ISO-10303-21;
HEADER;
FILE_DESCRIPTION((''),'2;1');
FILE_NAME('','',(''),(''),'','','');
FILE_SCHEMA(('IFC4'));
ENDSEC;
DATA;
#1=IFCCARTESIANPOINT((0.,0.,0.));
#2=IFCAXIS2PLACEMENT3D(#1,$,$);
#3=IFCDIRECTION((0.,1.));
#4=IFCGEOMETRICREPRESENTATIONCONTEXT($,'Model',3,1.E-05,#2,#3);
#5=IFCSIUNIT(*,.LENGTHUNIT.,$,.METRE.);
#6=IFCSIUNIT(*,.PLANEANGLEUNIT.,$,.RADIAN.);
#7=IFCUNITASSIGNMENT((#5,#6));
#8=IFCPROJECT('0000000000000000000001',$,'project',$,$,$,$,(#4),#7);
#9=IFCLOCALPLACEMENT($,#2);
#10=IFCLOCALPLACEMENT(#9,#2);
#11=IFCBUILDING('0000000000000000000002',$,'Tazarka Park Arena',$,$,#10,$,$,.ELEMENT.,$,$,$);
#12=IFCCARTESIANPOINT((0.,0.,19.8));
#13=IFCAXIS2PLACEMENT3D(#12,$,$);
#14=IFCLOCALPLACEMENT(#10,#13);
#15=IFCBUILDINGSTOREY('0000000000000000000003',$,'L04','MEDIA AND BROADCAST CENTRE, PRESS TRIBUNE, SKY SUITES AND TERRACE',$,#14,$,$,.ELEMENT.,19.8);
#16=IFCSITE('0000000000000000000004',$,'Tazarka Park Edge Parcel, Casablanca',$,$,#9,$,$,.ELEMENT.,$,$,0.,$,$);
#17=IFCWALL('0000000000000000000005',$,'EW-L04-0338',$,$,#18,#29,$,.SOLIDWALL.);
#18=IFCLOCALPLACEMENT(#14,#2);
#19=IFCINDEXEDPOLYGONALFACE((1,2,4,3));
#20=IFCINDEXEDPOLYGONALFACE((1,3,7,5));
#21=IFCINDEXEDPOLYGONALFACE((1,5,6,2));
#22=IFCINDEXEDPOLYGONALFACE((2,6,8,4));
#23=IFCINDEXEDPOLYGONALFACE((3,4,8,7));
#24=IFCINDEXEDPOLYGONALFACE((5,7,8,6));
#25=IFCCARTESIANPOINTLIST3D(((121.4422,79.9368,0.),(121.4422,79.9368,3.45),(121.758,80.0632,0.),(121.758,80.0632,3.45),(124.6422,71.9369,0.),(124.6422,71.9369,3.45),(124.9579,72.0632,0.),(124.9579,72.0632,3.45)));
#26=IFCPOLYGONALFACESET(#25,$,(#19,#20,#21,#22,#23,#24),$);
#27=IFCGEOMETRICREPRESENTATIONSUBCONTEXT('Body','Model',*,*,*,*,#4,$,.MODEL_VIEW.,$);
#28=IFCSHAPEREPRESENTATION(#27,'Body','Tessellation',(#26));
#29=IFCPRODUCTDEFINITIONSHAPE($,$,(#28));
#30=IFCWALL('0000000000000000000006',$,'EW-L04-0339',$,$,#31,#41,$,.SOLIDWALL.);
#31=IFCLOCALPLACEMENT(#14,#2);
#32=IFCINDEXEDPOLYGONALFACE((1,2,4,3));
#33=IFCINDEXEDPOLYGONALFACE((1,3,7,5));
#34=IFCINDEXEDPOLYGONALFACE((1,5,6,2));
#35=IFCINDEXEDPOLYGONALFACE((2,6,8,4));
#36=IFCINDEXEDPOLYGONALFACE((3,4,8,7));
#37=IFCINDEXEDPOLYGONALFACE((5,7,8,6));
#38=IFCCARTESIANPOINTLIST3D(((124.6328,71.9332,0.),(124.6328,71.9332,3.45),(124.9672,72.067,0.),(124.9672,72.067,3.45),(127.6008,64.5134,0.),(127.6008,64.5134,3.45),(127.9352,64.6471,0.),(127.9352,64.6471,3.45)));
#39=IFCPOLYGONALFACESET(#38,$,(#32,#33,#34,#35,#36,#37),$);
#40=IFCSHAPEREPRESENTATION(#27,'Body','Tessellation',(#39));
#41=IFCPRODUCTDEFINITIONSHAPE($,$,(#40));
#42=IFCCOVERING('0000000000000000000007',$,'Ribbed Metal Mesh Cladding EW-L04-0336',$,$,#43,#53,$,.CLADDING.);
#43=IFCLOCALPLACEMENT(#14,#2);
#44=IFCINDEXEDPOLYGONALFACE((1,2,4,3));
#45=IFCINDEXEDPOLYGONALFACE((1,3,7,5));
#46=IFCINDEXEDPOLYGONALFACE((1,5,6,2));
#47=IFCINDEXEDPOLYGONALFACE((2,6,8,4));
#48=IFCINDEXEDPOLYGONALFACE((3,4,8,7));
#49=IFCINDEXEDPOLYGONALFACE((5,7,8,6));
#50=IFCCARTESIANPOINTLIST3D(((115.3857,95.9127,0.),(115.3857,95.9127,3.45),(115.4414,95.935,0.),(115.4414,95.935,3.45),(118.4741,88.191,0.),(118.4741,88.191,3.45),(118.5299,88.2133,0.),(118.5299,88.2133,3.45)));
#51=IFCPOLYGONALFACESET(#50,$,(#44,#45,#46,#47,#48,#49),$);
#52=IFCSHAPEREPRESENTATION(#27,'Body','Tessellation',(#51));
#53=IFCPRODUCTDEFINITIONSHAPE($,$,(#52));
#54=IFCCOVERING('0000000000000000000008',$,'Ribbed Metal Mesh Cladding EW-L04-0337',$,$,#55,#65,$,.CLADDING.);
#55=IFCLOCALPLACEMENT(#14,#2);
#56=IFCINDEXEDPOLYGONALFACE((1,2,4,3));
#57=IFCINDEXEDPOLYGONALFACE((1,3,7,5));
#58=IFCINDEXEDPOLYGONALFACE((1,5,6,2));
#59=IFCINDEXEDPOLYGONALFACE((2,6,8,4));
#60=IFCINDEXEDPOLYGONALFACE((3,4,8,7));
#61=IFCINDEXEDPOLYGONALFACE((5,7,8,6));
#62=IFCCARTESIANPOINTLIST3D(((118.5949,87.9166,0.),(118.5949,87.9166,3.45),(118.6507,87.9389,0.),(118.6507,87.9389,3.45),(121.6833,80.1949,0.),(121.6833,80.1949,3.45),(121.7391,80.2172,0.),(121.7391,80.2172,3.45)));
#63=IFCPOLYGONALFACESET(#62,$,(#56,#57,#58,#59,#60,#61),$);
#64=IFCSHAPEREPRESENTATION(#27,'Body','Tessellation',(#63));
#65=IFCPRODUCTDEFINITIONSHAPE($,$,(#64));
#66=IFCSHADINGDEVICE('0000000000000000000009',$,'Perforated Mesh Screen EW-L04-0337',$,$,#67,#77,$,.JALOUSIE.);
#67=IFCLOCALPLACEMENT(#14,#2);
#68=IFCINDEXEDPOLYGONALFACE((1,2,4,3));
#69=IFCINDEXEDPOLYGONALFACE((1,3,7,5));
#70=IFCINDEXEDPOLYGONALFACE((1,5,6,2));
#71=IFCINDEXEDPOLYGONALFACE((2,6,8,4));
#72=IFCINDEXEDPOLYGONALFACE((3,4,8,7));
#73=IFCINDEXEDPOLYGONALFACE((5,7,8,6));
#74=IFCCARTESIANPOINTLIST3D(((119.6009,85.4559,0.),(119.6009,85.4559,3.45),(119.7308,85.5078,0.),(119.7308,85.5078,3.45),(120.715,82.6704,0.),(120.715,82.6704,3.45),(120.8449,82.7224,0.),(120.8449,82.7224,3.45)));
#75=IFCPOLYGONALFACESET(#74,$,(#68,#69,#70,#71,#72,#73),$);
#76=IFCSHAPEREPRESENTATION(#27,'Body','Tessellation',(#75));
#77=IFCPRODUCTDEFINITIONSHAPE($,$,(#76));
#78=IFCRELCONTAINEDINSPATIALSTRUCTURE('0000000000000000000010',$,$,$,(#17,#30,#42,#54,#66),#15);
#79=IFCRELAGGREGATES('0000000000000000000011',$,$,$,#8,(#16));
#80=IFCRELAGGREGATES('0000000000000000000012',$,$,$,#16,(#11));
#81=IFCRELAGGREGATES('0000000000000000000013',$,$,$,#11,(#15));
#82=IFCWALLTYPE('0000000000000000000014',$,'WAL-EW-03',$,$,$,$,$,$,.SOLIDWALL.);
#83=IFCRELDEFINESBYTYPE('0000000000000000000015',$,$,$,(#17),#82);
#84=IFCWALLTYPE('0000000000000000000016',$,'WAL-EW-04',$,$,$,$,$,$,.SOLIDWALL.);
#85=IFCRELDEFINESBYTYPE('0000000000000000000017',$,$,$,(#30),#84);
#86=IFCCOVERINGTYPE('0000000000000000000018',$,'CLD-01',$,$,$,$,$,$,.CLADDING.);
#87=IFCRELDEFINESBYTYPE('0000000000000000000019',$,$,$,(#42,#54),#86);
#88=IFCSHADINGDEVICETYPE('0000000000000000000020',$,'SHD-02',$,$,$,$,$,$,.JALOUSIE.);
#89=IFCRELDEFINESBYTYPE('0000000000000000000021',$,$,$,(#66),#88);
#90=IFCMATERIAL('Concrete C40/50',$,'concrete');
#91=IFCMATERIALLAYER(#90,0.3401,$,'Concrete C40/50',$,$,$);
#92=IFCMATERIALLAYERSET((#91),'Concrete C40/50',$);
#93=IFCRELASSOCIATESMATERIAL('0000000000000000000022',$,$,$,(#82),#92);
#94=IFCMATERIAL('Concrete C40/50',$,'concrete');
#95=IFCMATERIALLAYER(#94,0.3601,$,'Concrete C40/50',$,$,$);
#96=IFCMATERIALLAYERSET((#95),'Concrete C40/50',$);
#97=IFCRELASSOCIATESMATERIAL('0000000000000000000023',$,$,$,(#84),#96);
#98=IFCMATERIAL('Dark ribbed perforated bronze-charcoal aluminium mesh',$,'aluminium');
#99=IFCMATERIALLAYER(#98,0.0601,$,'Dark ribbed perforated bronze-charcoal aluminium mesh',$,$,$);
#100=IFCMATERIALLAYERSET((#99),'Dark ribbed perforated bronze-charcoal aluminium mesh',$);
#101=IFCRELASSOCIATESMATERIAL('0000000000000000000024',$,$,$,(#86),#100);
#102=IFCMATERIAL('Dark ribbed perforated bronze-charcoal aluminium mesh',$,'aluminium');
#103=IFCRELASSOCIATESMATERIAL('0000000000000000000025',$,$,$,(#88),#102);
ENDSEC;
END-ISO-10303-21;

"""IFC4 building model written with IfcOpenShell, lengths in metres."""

from ifc_helpers import new_model, si_unit, direction, frame, frame_2d, origin, origin_2d, place, context, subcontext, project, spatial, rectangle, extrude, material, layer, layer_set, type_object, element, save


model = new_model("IFC4")

# Units and contexts
model_context = context("Model", 3, precision=1e-05, world=origin(), true_north=direction((0.0, 1.0)))
body_context = subcontext(model_context, "Body", "Model", "MODEL_VIEW")
ifc_project = project(units=[si_unit("LENGTHUNIT", "METRE"), si_unit("PLANEANGLEUNIT", "RADIAN")], contexts=[model_context])

# Site, building, storey
site_placement = place(None, origin())
site = spatial("IfcSite", under=ifc_project, at=site_placement, Name="Tazarka Park Edge Parcel, Casablanca", CompositionType="ELEMENT", RefElevation=0.0)
building_placement = place(site_placement, origin())
building = spatial("IfcBuilding", under=site, at=building_placement, Name="Tazarka Park Arena", CompositionType="ELEMENT")
storey_placement = place(building_placement, frame((0.0, 0.0, 19.8)))
storey = spatial("IfcBuildingStorey", under=building, at=storey_placement, Name="L04", Description="MEDIA AND BROADCAST CENTRE, PRESS TRIBUNE, SKY SUITES AND TERRACE", CompositionType="ELEMENT", Elevation=19.8)

# Walls
ifc_material_1 = material(Name="Concrete C40/50", Category="concrete")
ifc_layer_1 = layer(ifc_material_1, 0.3401, Name="Concrete C40/50")
ifc_layer_set_1 = layer_set([ifc_layer_1], Name="Concrete C40/50")
wall_type_1 = type_object("IfcWallType", Name="WAL-EW-03", PredefinedType="SOLIDWALL", material=ifc_layer_set_1)
wall_1_placement = place(storey_placement, frame((121.6001, 80.0, 0.0), z_axis=(0.0, 0.0, 1.0), x_axis=(0.371386, -0.928479, 0.0)))
element("IfcWall", 1, at=wall_1_placement, inside=storey, type_object=wall_type_1, Name="EW-L04-0338", PredefinedType="SOLIDWALL", context=body_context, shape_type="SweptSolid", body=[
    extrude(rectangle(XDim=8.6162, YDim=0.3401, at=frame_2d((4.3081, 0.0))), origin(), (0.0, 0.0, 1.0), 3.45),
])
ifc_material_2 = material(Name="Concrete C40/50", Category="concrete")
ifc_layer_2 = layer(ifc_material_2, 0.3601, Name="Concrete C40/50")
ifc_layer_set_2 = layer_set([ifc_layer_2], Name="Concrete C40/50")
wall_type_2 = type_object("IfcWallType", Name="WAL-EW-04", PredefinedType="SOLIDWALL", material=ifc_layer_set_2)
wall_2_placement = place(storey_placement, frame((124.8, 72.0, 0.0), z_axis=(0.0, 0.0, 1.0), x_axis=(0.371396, -0.928475, 0.0)))
element("IfcWall", 2, at=wall_2_placement, inside=storey, type_object=wall_type_2, Name="EW-L04-0339", PredefinedType="SOLIDWALL", context=body_context, shape_type="SweptSolid", body=[
    extrude(rectangle(XDim=7.9915, YDim=0.3601, at=frame_2d((3.9956, 0.0))), origin(), (0.0, 0.0, 1.0), 3.45),
])

# Coverings
ifc_material_3 = material(Name="Dark ribbed perforated bronze-charcoal aluminium mesh", Category="aluminium")
ifc_layer_3 = layer(ifc_material_3, 0.0601, Name="Dark ribbed perforated bronze-charcoal aluminium mesh")
ifc_layer_set_3 = layer_set([ifc_layer_3], Name="Dark ribbed perforated bronze-charcoal aluminium mesh")
covering_type = type_object("IfcCoveringType", Name="CLD-01", PredefinedType="CLADDING", material=ifc_layer_set_3)
for number, where, z_axis, x_axis, name in (
    (3, (116.9578, 92.063, 0.0), (0.0, 0.0, 1.0), (0.371368, -0.928486, 0.0), "Ribbed Metal Mesh Cladding EW-L04-0336"),
    (4, (120.167, 84.0669, 0.0), (0.0, 0.0, 1.0), (0.371368, -0.928486, 0.0), "Ribbed Metal Mesh Cladding EW-L04-0337"),
):
    element("IfcCovering", number, at=place(storey_placement, frame(where, z_axis=z_axis, x_axis=x_axis)), inside=storey, type_object=covering_type, Name=name, PredefinedType="CLADDING", context=body_context, shape_type="SweptSolid", body=[
        extrude(rectangle(XDim=8.3164, YDim=0.0601, at=origin_2d()), origin(), (0.0, 0.0, 1.0), 3.45),
    ])

# Shading device
ifc_material_4 = material(Name="Dark ribbed perforated bronze-charcoal aluminium mesh", Category="aluminium")
shading_device_type = type_object("IfcShadingDeviceType", Name="SHD-02", PredefinedType="JALOUSIE", material=ifc_material_4)
shading_device_placement = place(storey_placement, frame((120.2229, 84.0891, 0.0), z_axis=(0.0, 0.0, 1.0), x_axis=(0.371368, -0.928486, 0.0)))
element("IfcShadingDevice", 5, at=shading_device_placement, inside=storey, type_object=shading_device_type, Name="Perforated Mesh Screen EW-L04-0337", PredefinedType="JALOUSIE", context=body_context, shape_type="SweptSolid", body=[
    extrude(rectangle(XDim=3.0, YDim=0.1399, at=origin_2d()), origin(), (0.0, 0.0, 1.0), 3.45),
])

save(model, "model.ifc")
